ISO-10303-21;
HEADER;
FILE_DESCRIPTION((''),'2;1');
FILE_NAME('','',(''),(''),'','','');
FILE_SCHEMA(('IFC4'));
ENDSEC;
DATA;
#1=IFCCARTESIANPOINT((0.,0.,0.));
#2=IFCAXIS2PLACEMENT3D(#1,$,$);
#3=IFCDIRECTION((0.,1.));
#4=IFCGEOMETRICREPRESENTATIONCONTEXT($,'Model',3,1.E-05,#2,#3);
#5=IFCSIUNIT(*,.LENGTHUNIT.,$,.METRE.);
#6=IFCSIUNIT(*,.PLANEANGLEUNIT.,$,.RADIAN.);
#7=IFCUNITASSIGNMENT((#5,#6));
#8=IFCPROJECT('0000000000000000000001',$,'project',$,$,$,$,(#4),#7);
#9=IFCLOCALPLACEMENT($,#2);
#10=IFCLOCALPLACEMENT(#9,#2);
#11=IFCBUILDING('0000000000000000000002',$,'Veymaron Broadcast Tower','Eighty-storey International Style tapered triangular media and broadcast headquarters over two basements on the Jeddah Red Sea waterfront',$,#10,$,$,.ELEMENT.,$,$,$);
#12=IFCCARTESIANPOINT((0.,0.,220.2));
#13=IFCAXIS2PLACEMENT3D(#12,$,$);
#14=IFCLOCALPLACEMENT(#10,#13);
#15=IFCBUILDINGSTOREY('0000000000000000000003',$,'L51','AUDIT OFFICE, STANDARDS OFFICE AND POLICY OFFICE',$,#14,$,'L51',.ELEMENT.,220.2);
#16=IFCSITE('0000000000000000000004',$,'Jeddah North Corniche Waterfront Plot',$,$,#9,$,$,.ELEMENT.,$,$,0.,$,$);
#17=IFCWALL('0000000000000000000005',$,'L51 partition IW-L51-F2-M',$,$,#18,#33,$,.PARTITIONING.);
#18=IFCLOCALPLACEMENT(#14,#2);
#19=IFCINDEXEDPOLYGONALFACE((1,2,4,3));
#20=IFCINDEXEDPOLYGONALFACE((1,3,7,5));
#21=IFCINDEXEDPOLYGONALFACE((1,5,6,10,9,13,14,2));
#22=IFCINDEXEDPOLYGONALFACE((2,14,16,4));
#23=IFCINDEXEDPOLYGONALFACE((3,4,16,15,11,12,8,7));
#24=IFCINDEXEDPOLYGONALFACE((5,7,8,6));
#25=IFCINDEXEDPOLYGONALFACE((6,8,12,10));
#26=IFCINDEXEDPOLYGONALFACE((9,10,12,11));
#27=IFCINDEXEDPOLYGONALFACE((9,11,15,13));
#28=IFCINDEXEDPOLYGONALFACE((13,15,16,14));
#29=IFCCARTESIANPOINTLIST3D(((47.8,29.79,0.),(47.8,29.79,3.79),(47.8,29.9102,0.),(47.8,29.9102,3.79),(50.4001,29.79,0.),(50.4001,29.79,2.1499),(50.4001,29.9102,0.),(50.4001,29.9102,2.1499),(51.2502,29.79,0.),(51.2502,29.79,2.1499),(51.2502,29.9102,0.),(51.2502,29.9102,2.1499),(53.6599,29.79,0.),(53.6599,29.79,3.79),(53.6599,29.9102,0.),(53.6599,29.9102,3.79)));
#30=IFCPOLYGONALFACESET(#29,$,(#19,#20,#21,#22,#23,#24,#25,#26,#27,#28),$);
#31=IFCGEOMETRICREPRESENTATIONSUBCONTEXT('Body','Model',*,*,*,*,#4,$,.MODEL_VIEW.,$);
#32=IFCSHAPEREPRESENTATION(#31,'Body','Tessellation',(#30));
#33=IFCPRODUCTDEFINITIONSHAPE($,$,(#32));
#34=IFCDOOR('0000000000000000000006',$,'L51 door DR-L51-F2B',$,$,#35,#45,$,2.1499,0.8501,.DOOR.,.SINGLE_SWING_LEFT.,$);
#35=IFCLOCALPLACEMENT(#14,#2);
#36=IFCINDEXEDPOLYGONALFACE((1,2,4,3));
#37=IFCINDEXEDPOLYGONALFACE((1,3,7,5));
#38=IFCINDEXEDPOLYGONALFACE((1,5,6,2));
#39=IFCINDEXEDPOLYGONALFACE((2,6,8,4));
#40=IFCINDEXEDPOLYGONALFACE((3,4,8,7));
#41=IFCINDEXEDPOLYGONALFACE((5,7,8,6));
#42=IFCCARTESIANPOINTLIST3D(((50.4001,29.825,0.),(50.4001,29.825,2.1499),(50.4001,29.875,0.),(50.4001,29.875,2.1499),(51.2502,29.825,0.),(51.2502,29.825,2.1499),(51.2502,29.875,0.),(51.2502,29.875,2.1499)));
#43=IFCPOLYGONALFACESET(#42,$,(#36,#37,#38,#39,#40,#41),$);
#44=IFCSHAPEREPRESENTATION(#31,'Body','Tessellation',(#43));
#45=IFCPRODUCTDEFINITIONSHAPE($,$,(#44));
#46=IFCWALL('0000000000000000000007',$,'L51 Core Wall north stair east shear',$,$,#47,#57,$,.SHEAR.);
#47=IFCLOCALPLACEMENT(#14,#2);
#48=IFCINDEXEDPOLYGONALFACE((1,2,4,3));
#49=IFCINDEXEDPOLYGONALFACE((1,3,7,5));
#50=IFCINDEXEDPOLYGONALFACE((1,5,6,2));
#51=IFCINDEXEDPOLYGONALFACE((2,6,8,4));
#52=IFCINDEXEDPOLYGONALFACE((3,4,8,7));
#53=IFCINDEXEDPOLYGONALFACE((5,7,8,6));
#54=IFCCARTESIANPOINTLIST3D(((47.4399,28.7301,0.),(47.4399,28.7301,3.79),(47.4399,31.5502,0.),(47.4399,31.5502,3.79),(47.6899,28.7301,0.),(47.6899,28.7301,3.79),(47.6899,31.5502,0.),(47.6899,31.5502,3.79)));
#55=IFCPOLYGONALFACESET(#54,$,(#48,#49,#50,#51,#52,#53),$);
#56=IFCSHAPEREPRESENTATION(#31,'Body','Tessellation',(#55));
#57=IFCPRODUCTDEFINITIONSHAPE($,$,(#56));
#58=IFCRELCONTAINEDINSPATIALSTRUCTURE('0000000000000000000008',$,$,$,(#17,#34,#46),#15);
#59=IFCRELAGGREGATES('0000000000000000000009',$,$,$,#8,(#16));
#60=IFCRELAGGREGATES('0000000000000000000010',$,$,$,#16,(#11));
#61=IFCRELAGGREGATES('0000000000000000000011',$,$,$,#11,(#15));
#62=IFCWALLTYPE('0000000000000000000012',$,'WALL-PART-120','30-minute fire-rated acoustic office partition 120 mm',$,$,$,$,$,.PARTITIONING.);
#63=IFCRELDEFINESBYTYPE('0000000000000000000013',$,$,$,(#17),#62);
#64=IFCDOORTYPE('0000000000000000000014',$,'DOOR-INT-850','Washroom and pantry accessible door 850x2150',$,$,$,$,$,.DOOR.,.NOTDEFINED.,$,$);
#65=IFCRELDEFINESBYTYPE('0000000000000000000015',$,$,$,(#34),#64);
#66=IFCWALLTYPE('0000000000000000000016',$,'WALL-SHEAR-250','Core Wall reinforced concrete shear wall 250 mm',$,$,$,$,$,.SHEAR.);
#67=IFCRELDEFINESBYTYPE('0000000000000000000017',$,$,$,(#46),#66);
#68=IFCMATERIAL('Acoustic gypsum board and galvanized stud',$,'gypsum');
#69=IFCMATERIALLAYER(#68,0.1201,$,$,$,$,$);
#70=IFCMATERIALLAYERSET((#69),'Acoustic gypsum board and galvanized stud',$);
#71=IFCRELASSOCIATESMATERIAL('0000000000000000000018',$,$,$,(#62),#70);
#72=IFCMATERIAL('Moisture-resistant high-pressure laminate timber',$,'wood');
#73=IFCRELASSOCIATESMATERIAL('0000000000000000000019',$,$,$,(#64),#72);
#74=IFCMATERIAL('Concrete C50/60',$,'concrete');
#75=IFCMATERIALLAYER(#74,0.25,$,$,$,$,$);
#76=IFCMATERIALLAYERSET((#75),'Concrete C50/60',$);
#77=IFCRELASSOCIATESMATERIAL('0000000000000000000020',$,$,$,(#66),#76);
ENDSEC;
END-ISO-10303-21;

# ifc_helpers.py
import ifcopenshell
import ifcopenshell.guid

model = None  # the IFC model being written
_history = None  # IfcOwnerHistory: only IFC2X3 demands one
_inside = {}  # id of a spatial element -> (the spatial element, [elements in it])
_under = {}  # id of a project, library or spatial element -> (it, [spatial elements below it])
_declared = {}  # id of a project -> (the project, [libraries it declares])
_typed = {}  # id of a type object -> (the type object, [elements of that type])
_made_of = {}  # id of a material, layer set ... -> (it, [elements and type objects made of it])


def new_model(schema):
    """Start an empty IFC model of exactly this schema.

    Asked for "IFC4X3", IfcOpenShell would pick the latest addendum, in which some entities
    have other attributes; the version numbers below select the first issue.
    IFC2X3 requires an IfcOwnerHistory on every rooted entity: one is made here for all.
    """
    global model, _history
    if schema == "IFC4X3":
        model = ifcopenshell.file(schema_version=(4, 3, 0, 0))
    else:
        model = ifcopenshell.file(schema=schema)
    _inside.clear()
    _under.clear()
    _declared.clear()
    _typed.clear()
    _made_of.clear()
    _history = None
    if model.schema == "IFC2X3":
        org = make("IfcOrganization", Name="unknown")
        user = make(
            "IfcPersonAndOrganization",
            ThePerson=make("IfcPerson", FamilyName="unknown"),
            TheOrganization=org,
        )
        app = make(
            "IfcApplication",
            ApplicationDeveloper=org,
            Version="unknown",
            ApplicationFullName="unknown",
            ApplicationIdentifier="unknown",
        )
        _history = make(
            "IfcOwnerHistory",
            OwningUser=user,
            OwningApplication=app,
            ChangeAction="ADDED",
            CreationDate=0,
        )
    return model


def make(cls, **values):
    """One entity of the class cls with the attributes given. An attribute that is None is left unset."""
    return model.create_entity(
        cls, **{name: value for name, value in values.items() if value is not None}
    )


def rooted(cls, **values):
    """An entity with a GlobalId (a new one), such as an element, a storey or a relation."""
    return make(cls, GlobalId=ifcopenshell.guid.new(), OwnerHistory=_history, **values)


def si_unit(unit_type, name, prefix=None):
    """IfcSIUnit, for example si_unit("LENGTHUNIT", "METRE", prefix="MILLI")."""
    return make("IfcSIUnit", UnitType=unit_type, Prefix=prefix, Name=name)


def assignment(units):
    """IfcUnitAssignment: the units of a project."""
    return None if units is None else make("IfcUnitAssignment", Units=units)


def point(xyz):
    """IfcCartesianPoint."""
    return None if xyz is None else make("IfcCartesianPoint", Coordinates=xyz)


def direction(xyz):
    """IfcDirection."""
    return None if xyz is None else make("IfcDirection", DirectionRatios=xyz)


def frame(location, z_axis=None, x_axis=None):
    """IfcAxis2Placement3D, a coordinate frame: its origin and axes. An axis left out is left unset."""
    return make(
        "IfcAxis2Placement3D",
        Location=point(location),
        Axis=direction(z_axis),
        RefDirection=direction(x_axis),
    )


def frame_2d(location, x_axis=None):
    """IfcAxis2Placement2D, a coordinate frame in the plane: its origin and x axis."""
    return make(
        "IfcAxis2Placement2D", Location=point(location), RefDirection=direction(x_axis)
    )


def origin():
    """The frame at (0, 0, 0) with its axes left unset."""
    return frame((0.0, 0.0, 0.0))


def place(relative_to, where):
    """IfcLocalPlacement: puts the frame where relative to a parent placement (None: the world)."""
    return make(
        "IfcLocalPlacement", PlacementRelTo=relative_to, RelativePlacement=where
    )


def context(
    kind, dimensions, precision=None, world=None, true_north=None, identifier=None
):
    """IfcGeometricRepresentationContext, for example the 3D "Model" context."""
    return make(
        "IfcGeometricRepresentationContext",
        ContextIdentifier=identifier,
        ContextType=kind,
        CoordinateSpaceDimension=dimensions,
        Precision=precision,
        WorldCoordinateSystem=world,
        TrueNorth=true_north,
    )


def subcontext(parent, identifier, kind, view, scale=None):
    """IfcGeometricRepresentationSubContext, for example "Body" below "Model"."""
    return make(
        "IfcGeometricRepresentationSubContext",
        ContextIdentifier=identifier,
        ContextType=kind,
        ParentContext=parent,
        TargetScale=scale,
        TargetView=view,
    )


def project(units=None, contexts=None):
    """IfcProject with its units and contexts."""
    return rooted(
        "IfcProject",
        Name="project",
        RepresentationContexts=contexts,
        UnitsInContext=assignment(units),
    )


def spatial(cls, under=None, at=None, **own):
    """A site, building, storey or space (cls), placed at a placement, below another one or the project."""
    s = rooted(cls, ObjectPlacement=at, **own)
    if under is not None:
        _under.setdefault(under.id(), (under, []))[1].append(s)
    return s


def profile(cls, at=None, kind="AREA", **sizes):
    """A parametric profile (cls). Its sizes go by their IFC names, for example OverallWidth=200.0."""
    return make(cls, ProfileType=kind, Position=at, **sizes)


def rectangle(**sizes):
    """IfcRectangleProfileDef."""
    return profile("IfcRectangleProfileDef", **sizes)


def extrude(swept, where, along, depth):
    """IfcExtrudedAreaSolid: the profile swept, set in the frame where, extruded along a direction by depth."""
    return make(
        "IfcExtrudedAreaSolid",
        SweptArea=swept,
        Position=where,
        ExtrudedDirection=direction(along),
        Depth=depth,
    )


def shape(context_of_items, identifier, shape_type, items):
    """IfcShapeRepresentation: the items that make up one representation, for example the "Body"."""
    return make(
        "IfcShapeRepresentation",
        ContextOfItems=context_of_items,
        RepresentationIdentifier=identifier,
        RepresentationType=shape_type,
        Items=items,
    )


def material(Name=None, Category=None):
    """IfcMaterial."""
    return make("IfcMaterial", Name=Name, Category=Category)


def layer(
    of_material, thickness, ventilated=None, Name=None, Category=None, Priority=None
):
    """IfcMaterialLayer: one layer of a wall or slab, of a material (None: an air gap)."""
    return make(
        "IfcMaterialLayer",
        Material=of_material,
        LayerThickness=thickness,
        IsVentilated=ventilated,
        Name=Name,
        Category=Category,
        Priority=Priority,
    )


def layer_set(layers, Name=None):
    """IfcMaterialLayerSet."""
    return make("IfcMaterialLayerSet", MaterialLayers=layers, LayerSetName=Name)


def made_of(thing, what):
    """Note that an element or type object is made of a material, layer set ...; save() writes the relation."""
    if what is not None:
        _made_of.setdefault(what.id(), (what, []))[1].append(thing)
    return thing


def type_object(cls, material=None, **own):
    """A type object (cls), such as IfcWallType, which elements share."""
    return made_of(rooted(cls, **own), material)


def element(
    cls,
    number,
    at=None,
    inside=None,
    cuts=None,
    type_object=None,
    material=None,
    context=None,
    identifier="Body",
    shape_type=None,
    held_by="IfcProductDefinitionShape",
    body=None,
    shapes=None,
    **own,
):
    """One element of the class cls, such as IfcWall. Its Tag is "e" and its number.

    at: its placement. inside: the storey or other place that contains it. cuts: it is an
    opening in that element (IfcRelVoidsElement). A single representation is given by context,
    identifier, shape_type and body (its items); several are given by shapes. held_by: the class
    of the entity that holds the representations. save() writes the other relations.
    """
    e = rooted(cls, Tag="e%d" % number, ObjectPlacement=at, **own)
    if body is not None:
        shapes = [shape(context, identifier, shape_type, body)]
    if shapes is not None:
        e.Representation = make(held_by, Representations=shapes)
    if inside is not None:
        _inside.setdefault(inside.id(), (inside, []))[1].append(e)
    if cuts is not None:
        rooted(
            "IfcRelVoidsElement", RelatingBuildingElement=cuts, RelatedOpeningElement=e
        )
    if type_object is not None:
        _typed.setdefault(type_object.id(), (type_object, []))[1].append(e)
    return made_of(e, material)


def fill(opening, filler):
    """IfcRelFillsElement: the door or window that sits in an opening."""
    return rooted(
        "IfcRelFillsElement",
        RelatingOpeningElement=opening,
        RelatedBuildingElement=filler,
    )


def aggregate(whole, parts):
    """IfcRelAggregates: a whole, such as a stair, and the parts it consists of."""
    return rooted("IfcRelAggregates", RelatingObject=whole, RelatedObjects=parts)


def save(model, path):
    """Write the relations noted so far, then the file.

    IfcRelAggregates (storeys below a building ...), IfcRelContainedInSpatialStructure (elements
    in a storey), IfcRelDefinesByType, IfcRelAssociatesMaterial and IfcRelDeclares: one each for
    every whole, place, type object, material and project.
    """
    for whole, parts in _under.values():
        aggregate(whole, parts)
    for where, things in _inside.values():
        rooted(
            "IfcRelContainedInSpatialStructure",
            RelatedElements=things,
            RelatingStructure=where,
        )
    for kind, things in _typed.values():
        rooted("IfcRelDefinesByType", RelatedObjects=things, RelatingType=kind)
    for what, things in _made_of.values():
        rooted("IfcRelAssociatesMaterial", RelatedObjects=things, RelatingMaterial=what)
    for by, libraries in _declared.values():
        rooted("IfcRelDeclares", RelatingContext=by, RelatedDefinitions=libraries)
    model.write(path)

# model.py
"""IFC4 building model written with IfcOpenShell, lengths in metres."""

from ifc_helpers import new_model, si_unit, direction, frame, frame_2d, origin, place, context, subcontext, project, spatial, rectangle, extrude, material, layer, layer_set, type_object, element, fill, save


model = new_model("IFC4")

# Units and contexts
model_context = context("Model", 3, precision=1e-05, world=origin(), true_north=direction((0.0, 1.0)))
body_context = subcontext(model_context, "Body", "Model", "MODEL_VIEW")
ifc_project = project(units=[si_unit("LENGTHUNIT", "METRE"), si_unit("PLANEANGLEUNIT", "RADIAN")], contexts=[model_context])

# Site, building, storey
site_placement = place(None, origin())
site = spatial("IfcSite", under=ifc_project, at=site_placement, Name="Jeddah North Corniche Waterfront Plot", CompositionType="ELEMENT", RefElevation=0.0)
building_placement = place(site_placement, origin())
building = spatial("IfcBuilding", under=site, at=building_placement, Name="Veymaron Broadcast Tower", Description="Eighty-storey International Style tapered triangular media and broadcast headquarters over two basements on the Jeddah Red Sea waterfront", CompositionType="ELEMENT")
storey_placement = place(building_placement, frame((0.0, 0.0, 220.2)))
storey = spatial("IfcBuildingStorey", under=building, at=storey_placement, Name="L51", Description="AUDIT OFFICE, STANDARDS OFFICE AND POLICY OFFICE", LongName="L51", CompositionType="ELEMENT", Elevation=220.2)

# Shared definitions
ifc_material_1 = material(Name="Acoustic gypsum board and galvanized stud", Category="gypsum")
ifc_layer_1 = layer(ifc_material_1, 0.1201)
ifc_layer_set_1 = layer_set([ifc_layer_1], Name="Acoustic gypsum board and galvanized stud")
wall_type_1 = type_object("IfcWallType", Name="WALL-PART-120", Description="30-minute fire-rated acoustic office partition 120 mm", PredefinedType="PARTITIONING", material=ifc_layer_set_1)
ifc_material_2 = material(Name="Moisture-resistant high-pressure laminate timber", Category="wood")
door_type_1 = type_object("IfcDoorType", Name="DOOR-INT-850", Description="Washroom and pantry accessible door 850x2150", OperationType="NOTDEFINED", PredefinedType="DOOR", material=ifc_material_2)

# Wall, opening, door
wall_1_placement = place(storey_placement, frame((47.8, 29.8501, 0.0), z_axis=(0.0, 0.0, 1.0), x_axis=(1.0, 0.0, 0.0)))
wall_1 = element("IfcWall", 1, at=wall_1_placement, inside=storey, type_object=wall_type_1, Name="L51 partition IW-L51-F2-M", PredefinedType="PARTITIONING", context=body_context, shape_type="SweptSolid", body=[
    extrude(rectangle(XDim=5.8599, YDim=0.1201, at=frame_2d((2.9299, 0.0))), origin(), (0.0, 0.0, 1.0), 3.79),
])
opening_1_placement = place(wall_1_placement, frame((2.6001, 0.0, 0.0)))
opening_1 = element("IfcOpeningElement", 2, at=opening_1_placement, cuts=wall_1, PredefinedType="OPENING", context=body_context, shape_type="SweptSolid", body=[
    extrude(rectangle(XDim=0.8501, YDim=2.1499, at=frame_2d((0.425, 1.075))), frame((0.0, 0.0701, 0.0), z_axis=(0.0, -1.0, 0.0), x_axis=(1.0, 0.0, 0.0)), (0.0, 0.0, 1.0), 0.1401),
])
door_1_placement = place(opening_1_placement, origin())
door_1 = element("IfcDoor", 3, at=door_1_placement, inside=storey, type_object=door_type_1, Name="L51 door DR-L51-F2B", OperationType="SINGLE_SWING_LEFT", OverallHeight=2.1499, OverallWidth=0.8501, PredefinedType="DOOR", context=body_context, shape_type="SweptSolid", body=[
    extrude(rectangle(XDim=0.8501, YDim=2.1499, at=frame_2d((0.425, 1.075))), frame((0.0, 0.0249, 0.0), z_axis=(0.0, -1.0, 0.0), x_axis=(1.0, 0.0, 0.0)), (0.0, 0.0, 1.0), 0.05),
])
fill(opening_1, door_1)

# Wall
ifc_material_3 = material(Name="Concrete C50/60", Category="concrete")
ifc_layer_2 = layer(ifc_material_3, 0.25)
ifc_layer_set_2 = layer_set([ifc_layer_2], Name="Concrete C50/60")
wall_type_2 = type_object("IfcWallType", Name="WALL-SHEAR-250", Description="Core Wall reinforced concrete shear wall 250 mm", PredefinedType="SHEAR", material=ifc_layer_set_2)
wall_2_placement = place(storey_placement, frame((47.5649, 28.73, 0.0), z_axis=(0.0, 0.0, 1.0), x_axis=(0.0, 1.0, 0.0)))
element("IfcWall", 4, at=wall_2_placement, inside=storey, type_object=wall_type_2, Name="L51 Core Wall north stair east shear", PredefinedType="SHEAR", context=body_context, shape_type="SweptSolid", body=[
    extrude(rectangle(XDim=2.8201, YDim=0.25, at=frame_2d((1.4102, 0.0))), origin(), (0.0, 0.0, 1.0), 3.79),
])

save(model, "model.ifc")
